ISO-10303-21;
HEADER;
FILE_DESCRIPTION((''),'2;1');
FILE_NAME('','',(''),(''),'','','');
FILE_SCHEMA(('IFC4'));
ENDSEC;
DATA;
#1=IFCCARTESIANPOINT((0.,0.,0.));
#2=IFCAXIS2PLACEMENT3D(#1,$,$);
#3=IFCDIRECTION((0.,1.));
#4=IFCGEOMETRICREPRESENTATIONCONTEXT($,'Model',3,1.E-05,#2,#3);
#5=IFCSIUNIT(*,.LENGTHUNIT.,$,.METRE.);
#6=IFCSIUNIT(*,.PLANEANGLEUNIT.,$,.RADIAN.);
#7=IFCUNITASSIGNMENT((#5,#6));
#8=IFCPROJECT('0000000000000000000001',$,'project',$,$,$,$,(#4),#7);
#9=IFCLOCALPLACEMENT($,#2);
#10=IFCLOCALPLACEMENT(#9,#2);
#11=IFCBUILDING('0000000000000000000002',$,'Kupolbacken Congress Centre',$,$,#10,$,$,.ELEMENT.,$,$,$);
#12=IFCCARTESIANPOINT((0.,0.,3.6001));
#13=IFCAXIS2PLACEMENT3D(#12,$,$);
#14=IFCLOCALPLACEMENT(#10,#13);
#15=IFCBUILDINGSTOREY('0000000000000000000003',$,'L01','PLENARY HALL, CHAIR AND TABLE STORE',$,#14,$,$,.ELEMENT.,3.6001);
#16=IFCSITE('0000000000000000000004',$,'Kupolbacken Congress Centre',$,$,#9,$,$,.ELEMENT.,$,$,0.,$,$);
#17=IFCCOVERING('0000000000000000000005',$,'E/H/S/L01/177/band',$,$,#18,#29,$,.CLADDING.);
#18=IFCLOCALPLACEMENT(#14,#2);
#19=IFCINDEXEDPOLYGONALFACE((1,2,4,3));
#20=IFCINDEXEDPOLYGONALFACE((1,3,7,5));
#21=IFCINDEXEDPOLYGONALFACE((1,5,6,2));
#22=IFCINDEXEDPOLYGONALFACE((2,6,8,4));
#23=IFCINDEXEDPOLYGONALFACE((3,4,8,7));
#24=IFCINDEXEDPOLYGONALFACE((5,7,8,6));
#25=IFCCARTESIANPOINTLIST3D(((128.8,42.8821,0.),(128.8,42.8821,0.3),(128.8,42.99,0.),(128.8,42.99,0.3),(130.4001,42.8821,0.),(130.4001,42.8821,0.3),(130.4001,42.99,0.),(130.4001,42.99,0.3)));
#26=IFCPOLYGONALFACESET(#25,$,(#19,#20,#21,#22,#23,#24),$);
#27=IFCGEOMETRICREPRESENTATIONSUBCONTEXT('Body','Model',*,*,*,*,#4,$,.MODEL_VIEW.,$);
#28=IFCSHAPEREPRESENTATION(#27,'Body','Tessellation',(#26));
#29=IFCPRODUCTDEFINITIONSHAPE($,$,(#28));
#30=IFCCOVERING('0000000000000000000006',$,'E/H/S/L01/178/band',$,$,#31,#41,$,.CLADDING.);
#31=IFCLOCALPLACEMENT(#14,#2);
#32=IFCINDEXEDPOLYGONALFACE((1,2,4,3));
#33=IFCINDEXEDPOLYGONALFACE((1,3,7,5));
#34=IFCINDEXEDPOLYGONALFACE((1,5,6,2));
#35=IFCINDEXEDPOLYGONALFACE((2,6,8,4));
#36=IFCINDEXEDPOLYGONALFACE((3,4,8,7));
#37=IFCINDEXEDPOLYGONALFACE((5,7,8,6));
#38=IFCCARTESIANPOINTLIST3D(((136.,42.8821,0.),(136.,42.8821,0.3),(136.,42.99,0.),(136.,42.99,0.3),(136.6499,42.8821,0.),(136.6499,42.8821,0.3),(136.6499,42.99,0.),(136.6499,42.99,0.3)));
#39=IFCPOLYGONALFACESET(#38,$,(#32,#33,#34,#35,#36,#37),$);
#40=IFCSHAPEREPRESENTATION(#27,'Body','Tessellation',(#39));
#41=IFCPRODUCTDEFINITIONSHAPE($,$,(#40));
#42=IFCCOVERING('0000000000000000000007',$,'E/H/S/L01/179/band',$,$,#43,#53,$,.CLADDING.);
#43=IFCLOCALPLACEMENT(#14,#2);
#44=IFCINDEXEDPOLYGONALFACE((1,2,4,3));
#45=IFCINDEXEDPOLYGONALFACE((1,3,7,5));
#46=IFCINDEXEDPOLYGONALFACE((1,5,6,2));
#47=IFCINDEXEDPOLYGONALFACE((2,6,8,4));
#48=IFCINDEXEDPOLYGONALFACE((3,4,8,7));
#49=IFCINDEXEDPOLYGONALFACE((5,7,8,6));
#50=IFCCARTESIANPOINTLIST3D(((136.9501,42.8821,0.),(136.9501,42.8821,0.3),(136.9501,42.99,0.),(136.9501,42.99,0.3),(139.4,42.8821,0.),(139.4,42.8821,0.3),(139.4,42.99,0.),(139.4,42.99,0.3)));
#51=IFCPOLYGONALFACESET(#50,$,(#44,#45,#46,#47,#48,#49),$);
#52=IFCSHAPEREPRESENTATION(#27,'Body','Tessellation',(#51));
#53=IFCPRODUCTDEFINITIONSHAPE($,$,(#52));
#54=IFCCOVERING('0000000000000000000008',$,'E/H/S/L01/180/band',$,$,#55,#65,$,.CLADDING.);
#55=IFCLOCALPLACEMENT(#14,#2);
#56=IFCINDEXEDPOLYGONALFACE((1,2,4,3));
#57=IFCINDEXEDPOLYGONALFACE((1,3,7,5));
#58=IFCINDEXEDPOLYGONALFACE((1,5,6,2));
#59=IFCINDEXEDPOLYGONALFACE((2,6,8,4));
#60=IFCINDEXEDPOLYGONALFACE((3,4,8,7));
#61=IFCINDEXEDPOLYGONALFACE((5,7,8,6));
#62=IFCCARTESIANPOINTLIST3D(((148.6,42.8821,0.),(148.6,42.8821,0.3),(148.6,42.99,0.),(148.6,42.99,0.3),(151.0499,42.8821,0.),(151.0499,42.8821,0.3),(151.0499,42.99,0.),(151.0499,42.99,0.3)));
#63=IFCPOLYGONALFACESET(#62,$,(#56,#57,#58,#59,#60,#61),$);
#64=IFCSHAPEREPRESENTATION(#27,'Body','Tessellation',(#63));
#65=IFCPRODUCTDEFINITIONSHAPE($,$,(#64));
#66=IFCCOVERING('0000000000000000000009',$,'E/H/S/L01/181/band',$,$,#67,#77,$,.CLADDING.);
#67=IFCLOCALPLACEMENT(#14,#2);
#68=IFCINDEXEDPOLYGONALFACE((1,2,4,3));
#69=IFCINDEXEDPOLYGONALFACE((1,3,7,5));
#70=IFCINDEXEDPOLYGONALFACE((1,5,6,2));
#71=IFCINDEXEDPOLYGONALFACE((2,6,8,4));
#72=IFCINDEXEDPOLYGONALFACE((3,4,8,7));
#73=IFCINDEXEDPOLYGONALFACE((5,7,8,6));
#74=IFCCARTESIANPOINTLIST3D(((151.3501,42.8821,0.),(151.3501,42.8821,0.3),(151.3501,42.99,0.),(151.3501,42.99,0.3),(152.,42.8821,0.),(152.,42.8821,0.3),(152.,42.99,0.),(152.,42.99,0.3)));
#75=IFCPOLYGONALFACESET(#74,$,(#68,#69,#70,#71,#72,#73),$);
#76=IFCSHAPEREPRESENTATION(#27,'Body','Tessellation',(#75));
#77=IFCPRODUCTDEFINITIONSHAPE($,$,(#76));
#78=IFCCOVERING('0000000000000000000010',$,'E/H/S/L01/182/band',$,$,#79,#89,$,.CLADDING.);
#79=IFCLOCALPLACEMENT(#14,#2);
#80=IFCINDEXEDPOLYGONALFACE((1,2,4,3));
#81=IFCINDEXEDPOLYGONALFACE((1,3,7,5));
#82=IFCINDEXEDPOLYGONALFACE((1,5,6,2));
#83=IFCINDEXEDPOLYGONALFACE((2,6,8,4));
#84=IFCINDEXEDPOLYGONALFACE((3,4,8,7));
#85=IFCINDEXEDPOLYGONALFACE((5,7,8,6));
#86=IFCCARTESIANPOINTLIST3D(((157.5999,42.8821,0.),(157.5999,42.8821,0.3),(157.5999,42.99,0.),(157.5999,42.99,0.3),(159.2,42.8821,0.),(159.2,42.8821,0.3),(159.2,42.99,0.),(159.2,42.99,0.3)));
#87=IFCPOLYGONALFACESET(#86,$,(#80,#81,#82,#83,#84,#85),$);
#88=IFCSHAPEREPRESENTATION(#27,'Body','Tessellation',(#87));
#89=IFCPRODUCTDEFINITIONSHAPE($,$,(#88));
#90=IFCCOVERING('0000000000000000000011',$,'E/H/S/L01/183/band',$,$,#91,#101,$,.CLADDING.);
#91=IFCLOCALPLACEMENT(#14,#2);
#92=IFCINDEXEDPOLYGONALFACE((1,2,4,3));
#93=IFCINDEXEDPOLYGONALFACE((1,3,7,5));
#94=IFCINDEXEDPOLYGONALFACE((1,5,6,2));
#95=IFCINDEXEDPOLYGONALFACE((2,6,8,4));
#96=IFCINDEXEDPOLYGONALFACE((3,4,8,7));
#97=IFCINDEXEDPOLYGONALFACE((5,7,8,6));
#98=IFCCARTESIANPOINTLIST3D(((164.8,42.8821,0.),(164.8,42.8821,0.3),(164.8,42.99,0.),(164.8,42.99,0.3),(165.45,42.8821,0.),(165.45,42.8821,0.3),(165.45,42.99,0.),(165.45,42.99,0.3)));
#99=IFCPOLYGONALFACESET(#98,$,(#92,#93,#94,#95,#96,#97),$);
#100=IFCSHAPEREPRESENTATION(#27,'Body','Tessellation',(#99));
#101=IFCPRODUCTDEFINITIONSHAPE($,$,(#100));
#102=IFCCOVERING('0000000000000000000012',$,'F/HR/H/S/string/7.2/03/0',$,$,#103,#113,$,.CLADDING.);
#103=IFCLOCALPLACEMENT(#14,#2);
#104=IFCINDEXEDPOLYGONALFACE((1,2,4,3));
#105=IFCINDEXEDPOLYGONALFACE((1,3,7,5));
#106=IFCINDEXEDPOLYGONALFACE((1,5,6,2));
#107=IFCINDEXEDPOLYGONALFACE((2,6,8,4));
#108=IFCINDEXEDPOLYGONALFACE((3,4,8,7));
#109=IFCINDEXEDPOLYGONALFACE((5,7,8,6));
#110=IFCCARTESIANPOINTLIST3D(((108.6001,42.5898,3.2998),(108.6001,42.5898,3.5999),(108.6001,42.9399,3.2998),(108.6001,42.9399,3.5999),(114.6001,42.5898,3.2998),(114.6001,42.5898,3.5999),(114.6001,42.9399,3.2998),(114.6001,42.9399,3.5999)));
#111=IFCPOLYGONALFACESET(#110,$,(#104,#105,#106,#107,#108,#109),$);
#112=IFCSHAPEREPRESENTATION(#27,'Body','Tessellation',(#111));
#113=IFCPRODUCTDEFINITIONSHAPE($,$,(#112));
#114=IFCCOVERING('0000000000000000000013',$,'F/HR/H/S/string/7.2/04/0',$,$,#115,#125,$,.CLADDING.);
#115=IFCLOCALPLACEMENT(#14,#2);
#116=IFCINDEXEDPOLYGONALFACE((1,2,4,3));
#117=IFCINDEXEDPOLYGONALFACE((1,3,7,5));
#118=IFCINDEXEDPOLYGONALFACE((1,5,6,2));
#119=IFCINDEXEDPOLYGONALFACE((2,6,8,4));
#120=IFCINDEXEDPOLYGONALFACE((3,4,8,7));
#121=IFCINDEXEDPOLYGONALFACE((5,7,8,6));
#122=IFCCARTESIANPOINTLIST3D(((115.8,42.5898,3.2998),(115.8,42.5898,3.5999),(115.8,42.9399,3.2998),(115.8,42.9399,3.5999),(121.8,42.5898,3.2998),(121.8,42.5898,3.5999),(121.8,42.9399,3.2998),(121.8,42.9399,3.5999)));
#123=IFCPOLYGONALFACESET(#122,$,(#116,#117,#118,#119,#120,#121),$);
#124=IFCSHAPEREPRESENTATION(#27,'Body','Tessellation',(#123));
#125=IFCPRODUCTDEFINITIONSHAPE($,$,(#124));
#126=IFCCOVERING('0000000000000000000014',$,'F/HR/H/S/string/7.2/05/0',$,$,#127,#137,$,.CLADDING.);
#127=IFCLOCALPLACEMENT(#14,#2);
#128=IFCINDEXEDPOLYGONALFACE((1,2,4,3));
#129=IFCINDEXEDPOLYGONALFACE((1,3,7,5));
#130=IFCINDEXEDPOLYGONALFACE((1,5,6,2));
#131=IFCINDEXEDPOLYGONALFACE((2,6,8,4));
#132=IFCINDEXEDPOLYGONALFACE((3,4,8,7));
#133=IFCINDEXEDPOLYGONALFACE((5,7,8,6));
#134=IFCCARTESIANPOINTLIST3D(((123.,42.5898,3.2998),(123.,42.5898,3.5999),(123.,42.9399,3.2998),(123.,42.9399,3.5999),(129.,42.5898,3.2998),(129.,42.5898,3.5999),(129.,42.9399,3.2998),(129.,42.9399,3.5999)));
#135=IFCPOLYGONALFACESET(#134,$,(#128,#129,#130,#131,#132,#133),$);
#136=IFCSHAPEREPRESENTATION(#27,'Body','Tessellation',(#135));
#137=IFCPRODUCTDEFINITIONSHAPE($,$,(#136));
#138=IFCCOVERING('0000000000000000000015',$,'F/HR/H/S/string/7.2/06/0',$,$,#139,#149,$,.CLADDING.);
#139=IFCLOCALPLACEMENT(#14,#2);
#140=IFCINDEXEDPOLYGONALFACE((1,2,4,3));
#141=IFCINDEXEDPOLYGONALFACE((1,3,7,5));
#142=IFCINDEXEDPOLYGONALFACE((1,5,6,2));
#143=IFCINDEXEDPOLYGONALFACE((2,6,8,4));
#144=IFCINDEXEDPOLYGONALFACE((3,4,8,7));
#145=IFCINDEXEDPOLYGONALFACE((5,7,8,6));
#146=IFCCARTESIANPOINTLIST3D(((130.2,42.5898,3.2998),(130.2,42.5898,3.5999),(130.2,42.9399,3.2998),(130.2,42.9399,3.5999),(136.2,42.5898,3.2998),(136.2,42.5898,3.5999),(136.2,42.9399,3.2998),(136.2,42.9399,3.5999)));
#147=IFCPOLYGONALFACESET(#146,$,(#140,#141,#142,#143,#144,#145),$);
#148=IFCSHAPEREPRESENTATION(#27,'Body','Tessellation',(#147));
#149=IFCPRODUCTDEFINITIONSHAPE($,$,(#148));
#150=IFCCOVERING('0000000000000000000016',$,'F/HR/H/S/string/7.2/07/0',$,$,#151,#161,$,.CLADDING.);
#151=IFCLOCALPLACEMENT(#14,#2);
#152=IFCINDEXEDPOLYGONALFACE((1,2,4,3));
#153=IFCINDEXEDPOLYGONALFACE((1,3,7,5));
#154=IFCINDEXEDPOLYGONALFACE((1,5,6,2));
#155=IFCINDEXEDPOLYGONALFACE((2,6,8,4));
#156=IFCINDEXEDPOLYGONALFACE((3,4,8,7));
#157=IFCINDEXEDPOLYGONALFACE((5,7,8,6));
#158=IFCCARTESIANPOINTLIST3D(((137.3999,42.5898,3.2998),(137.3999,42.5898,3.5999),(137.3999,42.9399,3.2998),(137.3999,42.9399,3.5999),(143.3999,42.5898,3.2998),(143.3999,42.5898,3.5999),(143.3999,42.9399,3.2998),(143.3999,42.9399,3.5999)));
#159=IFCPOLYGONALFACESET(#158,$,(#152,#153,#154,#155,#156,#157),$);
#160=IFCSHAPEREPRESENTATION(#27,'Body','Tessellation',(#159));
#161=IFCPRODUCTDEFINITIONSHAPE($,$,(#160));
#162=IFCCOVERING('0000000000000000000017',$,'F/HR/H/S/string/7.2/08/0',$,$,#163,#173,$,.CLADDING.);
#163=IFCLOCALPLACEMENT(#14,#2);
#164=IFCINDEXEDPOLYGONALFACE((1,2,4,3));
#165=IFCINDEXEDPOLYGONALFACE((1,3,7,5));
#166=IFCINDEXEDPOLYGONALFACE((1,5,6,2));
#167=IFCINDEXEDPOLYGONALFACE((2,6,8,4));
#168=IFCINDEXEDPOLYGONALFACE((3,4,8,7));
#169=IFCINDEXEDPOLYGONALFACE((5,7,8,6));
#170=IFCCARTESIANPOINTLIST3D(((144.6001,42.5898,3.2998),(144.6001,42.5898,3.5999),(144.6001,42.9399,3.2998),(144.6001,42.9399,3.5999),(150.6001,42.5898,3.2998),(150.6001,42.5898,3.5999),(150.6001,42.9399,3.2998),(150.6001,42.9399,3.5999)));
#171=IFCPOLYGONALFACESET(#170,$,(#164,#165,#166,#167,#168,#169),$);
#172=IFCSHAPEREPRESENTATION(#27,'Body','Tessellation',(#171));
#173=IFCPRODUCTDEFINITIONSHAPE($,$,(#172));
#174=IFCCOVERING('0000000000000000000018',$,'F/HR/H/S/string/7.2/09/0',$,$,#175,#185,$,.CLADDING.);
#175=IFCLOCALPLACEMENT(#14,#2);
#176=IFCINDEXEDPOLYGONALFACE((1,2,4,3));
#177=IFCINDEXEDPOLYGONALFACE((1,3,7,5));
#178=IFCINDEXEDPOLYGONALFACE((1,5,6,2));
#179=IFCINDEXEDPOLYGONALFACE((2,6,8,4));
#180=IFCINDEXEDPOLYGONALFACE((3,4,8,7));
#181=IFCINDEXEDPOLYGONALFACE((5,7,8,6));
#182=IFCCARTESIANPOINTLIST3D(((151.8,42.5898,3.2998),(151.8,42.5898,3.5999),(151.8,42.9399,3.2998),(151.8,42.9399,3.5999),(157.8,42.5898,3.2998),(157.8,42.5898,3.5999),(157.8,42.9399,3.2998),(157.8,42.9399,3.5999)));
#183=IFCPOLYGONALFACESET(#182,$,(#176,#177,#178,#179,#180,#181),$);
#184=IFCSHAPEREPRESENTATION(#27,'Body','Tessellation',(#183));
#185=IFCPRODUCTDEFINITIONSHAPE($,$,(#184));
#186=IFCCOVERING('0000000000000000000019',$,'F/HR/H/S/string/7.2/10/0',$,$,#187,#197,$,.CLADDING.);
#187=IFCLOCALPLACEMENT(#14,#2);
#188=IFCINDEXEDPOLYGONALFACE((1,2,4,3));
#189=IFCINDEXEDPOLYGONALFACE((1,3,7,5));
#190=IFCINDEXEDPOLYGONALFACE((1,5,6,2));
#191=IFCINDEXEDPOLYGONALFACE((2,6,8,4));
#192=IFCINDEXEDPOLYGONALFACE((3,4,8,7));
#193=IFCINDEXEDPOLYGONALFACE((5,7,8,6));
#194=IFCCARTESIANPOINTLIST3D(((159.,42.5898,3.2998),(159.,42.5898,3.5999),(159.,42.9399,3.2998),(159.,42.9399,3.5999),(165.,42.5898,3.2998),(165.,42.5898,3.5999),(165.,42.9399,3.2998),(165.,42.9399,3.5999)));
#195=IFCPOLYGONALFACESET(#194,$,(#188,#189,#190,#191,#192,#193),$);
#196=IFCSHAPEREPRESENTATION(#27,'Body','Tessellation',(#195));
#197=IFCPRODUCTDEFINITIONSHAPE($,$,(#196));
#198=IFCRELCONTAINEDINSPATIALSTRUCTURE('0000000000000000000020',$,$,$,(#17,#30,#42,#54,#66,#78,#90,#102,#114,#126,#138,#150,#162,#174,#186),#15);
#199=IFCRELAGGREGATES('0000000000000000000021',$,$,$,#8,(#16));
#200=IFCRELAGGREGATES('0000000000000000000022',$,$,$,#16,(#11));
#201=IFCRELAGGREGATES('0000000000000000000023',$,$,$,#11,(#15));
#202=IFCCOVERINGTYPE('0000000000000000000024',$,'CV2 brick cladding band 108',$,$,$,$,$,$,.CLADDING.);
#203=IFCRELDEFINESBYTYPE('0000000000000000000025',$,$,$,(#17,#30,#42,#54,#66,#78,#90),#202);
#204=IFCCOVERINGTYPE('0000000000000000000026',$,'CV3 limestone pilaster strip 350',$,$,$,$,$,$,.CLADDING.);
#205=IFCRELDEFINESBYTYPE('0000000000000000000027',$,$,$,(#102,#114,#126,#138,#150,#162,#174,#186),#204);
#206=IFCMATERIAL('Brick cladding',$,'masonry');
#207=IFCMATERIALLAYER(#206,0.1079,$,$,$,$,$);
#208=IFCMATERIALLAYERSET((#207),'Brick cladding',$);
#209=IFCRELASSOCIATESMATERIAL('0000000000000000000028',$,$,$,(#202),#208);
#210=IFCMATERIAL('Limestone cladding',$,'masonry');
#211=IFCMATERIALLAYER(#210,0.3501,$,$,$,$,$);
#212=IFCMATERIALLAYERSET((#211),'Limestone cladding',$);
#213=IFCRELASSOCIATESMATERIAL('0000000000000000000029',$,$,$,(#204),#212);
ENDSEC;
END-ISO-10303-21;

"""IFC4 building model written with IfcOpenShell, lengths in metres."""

from ifc_helpers import new_model, si_unit, direction, frame, origin, origin_2d, place, context, subcontext, project, spatial, rectangle, extrude, material, layer, layer_set, type_object, element, save


model = new_model("IFC4")

# Units and contexts
model_context = context("Model", 3, precision=1e-05, world=origin(), true_north=direction((0.0, 1.0)))
body_context = subcontext(model_context, "Body", "Model", "MODEL_VIEW")
ifc_project = project(units=[si_unit("LENGTHUNIT", "METRE"), si_unit("PLANEANGLEUNIT", "RADIAN")], contexts=[model_context])

# Site, building, storey
site_placement = place(None, origin())
site = spatial("IfcSite", under=ifc_project, at=site_placement, Name="Kupolbacken Congress Centre", CompositionType="ELEMENT", RefElevation=0.0)
building_placement = place(site_placement, origin())
building = spatial("IfcBuilding", under=site, at=building_placement, Name="Kupolbacken Congress Centre", CompositionType="ELEMENT")
storey_placement = place(building_placement, frame((0.0, 0.0, 3.6001)))
storey = spatial("IfcBuildingStorey", under=building, at=storey_placement, Name="L01", Description="PLENARY HALL, CHAIR AND TABLE STORE", CompositionType="ELEMENT", Elevation=3.6001)

# Coverings
ifc_material_1 = material(Name="Brick cladding", Category="masonry")
ifc_layer_1 = layer(ifc_material_1, 0.1079)
ifc_layer_set_1 = layer_set([ifc_layer_1], Name="Brick cladding")
covering_type_1 = type_object("IfcCoveringType", Name="CV2 brick cladding band 108", PredefinedType="CLADDING", material=ifc_layer_set_1)
covering_1_placement = place(storey_placement, frame((129.6001, 42.936, 0.0), z_axis=(0.0, 0.0, 1.0), x_axis=(1.0, 0.0, 0.0)))
element("IfcCovering", 1, at=covering_1_placement, inside=storey, type_object=covering_type_1, Name="E/H/S/L01/177/band", PredefinedType="CLADDING", context=body_context, shape_type="SweptSolid", body=[
    extrude(rectangle(XDim=1.6001, YDim=0.1079, at=origin_2d()), origin(), (0.0, 0.0, 1.0), 0.3),
])
covering_2_placement = place(storey_placement, frame((136.325, 42.936, 0.0), z_axis=(0.0, 0.0, 1.0), x_axis=(1.0, 0.0, 0.0)))
element("IfcCovering", 2, at=covering_2_placement, inside=storey, type_object=covering_type_1, Name="E/H/S/L01/178/band", PredefinedType="CLADDING", context=body_context, shape_type="SweptSolid", body=[
    extrude(rectangle(XDim=0.6499, YDim=0.1079, at=origin_2d()), origin(), (0.0, 0.0, 1.0), 0.3),
])
for number, where, z_axis, x_axis, name in (
    (3, (138.175, 42.936, 0.0), (0.0, 0.0, 1.0), (1.0, 0.0, 0.0), "E/H/S/L01/179/band"),
    (4, (149.825, 42.936, 0.0), (0.0, 0.0, 1.0), (1.0, 0.0, 0.0), "E/H/S/L01/180/band"),
):
    element("IfcCovering", number, at=place(storey_placement, frame(where, z_axis=z_axis, x_axis=x_axis)), inside=storey, type_object=covering_type_1, Name=name, PredefinedType="CLADDING", context=body_context, shape_type="SweptSolid", body=[
        extrude(rectangle(XDim=2.45, YDim=0.1079, at=origin_2d()), origin(), (0.0, 0.0, 1.0), 0.3),
    ])
covering_3_placement = place(storey_placement, frame((151.675, 42.936, 0.0), z_axis=(0.0, 0.0, 1.0), x_axis=(1.0, 0.0, 0.0)))
element("IfcCovering", 5, at=covering_3_placement, inside=storey, type_object=covering_type_1, Name="E/H/S/L01/181/band", PredefinedType="CLADDING", context=body_context, shape_type="SweptSolid", body=[
    extrude(rectangle(XDim=0.6499, YDim=0.1079, at=origin_2d()), origin(), (0.0, 0.0, 1.0), 0.3),
])
covering_4_placement = place(storey_placement, frame((158.3999, 42.936, 0.0), z_axis=(0.0, 0.0, 1.0), x_axis=(1.0, 0.0, 0.0)))
element("IfcCovering", 6, at=covering_4_placement, inside=storey, type_object=covering_type_1, Name="E/H/S/L01/182/band", PredefinedType="CLADDING", context=body_context, shape_type="SweptSolid", body=[
    extrude(rectangle(XDim=1.6001, YDim=0.1079, at=origin_2d()), origin(), (0.0, 0.0, 1.0), 0.3),
])
covering_5_placement = place(storey_placement, frame((165.125, 42.936, 0.0), z_axis=(0.0, 0.0, 1.0), x_axis=(1.0, 0.0, 0.0)))
element("IfcCovering", 7, at=covering_5_placement, inside=storey, type_object=covering_type_1, Name="E/H/S/L01/183/band", PredefinedType="CLADDING", context=body_context, shape_type="SweptSolid", body=[
    extrude(rectangle(XDim=0.6499, YDim=0.1079, at=origin_2d()), origin(), (0.0, 0.0, 1.0), 0.3),
])
ifc_material_2 = material(Name="Limestone cladding", Category="masonry")
ifc_layer_2 = layer(ifc_material_2, 0.3501)
ifc_layer_set_2 = layer_set([ifc_layer_2], Name="Limestone cladding")
covering_type_2 = type_object("IfcCoveringType", Name="CV3 limestone pilaster strip 350", PredefinedType="CLADDING", material=ifc_layer_set_2)
for number, where, z_axis, x_axis, name in (
    (8, (111.6001, 42.7649, 3.2998), (0.0, 0.0, 1.0), (1.0, 0.0, 0.0), "F/HR/H/S/string/7.2/03/0"),
    (9, (118.8, 42.7649, 3.2998), (0.0, 0.0, 1.0), (1.0, 0.0, 0.0), "F/HR/H/S/string/7.2/04/0"),
    (10, (126.0, 42.7649, 3.2998), (0.0, 0.0, 1.0), (1.0, 0.0, 0.0), "F/HR/H/S/string/7.2/05/0"),
    (11, (133.2, 42.7649, 3.2998), (0.0, 0.0, 1.0), (1.0, 0.0, 0.0), "F/HR/H/S/string/7.2/06/0"),
    (12, (140.3999, 42.7649, 3.2998), (0.0, 0.0, 1.0), (1.0, 0.0, 0.0), "F/HR/H/S/string/7.2/07/0"),
    (13, (147.6001, 42.7649, 3.2998), (0.0, 0.0, 1.0), (1.0, 0.0, 0.0), "F/HR/H/S/string/7.2/08/0"),
    (14, (154.8, 42.7649, 3.2998), (0.0, 0.0, 1.0), (1.0, 0.0, 0.0), "F/HR/H/S/string/7.2/09/0"),
    (15, (162.0, 42.7649, 3.2998), (0.0, 0.0, 1.0), (1.0, 0.0, 0.0), "F/HR/H/S/string/7.2/10/0"),
):
    element("IfcCovering", number, at=place(storey_placement, frame(where, z_axis=z_axis, x_axis=x_axis)), inside=storey, type_object=covering_type_2, Name=name, PredefinedType="CLADDING", context=body_context, shape_type="SweptSolid", body=[
        extrude(rectangle(XDim=6.0, YDim=0.3501, at=origin_2d()), origin(), (0.0, 0.0, 1.0), 0.3),
    ])

save(model, "model.ifc")
